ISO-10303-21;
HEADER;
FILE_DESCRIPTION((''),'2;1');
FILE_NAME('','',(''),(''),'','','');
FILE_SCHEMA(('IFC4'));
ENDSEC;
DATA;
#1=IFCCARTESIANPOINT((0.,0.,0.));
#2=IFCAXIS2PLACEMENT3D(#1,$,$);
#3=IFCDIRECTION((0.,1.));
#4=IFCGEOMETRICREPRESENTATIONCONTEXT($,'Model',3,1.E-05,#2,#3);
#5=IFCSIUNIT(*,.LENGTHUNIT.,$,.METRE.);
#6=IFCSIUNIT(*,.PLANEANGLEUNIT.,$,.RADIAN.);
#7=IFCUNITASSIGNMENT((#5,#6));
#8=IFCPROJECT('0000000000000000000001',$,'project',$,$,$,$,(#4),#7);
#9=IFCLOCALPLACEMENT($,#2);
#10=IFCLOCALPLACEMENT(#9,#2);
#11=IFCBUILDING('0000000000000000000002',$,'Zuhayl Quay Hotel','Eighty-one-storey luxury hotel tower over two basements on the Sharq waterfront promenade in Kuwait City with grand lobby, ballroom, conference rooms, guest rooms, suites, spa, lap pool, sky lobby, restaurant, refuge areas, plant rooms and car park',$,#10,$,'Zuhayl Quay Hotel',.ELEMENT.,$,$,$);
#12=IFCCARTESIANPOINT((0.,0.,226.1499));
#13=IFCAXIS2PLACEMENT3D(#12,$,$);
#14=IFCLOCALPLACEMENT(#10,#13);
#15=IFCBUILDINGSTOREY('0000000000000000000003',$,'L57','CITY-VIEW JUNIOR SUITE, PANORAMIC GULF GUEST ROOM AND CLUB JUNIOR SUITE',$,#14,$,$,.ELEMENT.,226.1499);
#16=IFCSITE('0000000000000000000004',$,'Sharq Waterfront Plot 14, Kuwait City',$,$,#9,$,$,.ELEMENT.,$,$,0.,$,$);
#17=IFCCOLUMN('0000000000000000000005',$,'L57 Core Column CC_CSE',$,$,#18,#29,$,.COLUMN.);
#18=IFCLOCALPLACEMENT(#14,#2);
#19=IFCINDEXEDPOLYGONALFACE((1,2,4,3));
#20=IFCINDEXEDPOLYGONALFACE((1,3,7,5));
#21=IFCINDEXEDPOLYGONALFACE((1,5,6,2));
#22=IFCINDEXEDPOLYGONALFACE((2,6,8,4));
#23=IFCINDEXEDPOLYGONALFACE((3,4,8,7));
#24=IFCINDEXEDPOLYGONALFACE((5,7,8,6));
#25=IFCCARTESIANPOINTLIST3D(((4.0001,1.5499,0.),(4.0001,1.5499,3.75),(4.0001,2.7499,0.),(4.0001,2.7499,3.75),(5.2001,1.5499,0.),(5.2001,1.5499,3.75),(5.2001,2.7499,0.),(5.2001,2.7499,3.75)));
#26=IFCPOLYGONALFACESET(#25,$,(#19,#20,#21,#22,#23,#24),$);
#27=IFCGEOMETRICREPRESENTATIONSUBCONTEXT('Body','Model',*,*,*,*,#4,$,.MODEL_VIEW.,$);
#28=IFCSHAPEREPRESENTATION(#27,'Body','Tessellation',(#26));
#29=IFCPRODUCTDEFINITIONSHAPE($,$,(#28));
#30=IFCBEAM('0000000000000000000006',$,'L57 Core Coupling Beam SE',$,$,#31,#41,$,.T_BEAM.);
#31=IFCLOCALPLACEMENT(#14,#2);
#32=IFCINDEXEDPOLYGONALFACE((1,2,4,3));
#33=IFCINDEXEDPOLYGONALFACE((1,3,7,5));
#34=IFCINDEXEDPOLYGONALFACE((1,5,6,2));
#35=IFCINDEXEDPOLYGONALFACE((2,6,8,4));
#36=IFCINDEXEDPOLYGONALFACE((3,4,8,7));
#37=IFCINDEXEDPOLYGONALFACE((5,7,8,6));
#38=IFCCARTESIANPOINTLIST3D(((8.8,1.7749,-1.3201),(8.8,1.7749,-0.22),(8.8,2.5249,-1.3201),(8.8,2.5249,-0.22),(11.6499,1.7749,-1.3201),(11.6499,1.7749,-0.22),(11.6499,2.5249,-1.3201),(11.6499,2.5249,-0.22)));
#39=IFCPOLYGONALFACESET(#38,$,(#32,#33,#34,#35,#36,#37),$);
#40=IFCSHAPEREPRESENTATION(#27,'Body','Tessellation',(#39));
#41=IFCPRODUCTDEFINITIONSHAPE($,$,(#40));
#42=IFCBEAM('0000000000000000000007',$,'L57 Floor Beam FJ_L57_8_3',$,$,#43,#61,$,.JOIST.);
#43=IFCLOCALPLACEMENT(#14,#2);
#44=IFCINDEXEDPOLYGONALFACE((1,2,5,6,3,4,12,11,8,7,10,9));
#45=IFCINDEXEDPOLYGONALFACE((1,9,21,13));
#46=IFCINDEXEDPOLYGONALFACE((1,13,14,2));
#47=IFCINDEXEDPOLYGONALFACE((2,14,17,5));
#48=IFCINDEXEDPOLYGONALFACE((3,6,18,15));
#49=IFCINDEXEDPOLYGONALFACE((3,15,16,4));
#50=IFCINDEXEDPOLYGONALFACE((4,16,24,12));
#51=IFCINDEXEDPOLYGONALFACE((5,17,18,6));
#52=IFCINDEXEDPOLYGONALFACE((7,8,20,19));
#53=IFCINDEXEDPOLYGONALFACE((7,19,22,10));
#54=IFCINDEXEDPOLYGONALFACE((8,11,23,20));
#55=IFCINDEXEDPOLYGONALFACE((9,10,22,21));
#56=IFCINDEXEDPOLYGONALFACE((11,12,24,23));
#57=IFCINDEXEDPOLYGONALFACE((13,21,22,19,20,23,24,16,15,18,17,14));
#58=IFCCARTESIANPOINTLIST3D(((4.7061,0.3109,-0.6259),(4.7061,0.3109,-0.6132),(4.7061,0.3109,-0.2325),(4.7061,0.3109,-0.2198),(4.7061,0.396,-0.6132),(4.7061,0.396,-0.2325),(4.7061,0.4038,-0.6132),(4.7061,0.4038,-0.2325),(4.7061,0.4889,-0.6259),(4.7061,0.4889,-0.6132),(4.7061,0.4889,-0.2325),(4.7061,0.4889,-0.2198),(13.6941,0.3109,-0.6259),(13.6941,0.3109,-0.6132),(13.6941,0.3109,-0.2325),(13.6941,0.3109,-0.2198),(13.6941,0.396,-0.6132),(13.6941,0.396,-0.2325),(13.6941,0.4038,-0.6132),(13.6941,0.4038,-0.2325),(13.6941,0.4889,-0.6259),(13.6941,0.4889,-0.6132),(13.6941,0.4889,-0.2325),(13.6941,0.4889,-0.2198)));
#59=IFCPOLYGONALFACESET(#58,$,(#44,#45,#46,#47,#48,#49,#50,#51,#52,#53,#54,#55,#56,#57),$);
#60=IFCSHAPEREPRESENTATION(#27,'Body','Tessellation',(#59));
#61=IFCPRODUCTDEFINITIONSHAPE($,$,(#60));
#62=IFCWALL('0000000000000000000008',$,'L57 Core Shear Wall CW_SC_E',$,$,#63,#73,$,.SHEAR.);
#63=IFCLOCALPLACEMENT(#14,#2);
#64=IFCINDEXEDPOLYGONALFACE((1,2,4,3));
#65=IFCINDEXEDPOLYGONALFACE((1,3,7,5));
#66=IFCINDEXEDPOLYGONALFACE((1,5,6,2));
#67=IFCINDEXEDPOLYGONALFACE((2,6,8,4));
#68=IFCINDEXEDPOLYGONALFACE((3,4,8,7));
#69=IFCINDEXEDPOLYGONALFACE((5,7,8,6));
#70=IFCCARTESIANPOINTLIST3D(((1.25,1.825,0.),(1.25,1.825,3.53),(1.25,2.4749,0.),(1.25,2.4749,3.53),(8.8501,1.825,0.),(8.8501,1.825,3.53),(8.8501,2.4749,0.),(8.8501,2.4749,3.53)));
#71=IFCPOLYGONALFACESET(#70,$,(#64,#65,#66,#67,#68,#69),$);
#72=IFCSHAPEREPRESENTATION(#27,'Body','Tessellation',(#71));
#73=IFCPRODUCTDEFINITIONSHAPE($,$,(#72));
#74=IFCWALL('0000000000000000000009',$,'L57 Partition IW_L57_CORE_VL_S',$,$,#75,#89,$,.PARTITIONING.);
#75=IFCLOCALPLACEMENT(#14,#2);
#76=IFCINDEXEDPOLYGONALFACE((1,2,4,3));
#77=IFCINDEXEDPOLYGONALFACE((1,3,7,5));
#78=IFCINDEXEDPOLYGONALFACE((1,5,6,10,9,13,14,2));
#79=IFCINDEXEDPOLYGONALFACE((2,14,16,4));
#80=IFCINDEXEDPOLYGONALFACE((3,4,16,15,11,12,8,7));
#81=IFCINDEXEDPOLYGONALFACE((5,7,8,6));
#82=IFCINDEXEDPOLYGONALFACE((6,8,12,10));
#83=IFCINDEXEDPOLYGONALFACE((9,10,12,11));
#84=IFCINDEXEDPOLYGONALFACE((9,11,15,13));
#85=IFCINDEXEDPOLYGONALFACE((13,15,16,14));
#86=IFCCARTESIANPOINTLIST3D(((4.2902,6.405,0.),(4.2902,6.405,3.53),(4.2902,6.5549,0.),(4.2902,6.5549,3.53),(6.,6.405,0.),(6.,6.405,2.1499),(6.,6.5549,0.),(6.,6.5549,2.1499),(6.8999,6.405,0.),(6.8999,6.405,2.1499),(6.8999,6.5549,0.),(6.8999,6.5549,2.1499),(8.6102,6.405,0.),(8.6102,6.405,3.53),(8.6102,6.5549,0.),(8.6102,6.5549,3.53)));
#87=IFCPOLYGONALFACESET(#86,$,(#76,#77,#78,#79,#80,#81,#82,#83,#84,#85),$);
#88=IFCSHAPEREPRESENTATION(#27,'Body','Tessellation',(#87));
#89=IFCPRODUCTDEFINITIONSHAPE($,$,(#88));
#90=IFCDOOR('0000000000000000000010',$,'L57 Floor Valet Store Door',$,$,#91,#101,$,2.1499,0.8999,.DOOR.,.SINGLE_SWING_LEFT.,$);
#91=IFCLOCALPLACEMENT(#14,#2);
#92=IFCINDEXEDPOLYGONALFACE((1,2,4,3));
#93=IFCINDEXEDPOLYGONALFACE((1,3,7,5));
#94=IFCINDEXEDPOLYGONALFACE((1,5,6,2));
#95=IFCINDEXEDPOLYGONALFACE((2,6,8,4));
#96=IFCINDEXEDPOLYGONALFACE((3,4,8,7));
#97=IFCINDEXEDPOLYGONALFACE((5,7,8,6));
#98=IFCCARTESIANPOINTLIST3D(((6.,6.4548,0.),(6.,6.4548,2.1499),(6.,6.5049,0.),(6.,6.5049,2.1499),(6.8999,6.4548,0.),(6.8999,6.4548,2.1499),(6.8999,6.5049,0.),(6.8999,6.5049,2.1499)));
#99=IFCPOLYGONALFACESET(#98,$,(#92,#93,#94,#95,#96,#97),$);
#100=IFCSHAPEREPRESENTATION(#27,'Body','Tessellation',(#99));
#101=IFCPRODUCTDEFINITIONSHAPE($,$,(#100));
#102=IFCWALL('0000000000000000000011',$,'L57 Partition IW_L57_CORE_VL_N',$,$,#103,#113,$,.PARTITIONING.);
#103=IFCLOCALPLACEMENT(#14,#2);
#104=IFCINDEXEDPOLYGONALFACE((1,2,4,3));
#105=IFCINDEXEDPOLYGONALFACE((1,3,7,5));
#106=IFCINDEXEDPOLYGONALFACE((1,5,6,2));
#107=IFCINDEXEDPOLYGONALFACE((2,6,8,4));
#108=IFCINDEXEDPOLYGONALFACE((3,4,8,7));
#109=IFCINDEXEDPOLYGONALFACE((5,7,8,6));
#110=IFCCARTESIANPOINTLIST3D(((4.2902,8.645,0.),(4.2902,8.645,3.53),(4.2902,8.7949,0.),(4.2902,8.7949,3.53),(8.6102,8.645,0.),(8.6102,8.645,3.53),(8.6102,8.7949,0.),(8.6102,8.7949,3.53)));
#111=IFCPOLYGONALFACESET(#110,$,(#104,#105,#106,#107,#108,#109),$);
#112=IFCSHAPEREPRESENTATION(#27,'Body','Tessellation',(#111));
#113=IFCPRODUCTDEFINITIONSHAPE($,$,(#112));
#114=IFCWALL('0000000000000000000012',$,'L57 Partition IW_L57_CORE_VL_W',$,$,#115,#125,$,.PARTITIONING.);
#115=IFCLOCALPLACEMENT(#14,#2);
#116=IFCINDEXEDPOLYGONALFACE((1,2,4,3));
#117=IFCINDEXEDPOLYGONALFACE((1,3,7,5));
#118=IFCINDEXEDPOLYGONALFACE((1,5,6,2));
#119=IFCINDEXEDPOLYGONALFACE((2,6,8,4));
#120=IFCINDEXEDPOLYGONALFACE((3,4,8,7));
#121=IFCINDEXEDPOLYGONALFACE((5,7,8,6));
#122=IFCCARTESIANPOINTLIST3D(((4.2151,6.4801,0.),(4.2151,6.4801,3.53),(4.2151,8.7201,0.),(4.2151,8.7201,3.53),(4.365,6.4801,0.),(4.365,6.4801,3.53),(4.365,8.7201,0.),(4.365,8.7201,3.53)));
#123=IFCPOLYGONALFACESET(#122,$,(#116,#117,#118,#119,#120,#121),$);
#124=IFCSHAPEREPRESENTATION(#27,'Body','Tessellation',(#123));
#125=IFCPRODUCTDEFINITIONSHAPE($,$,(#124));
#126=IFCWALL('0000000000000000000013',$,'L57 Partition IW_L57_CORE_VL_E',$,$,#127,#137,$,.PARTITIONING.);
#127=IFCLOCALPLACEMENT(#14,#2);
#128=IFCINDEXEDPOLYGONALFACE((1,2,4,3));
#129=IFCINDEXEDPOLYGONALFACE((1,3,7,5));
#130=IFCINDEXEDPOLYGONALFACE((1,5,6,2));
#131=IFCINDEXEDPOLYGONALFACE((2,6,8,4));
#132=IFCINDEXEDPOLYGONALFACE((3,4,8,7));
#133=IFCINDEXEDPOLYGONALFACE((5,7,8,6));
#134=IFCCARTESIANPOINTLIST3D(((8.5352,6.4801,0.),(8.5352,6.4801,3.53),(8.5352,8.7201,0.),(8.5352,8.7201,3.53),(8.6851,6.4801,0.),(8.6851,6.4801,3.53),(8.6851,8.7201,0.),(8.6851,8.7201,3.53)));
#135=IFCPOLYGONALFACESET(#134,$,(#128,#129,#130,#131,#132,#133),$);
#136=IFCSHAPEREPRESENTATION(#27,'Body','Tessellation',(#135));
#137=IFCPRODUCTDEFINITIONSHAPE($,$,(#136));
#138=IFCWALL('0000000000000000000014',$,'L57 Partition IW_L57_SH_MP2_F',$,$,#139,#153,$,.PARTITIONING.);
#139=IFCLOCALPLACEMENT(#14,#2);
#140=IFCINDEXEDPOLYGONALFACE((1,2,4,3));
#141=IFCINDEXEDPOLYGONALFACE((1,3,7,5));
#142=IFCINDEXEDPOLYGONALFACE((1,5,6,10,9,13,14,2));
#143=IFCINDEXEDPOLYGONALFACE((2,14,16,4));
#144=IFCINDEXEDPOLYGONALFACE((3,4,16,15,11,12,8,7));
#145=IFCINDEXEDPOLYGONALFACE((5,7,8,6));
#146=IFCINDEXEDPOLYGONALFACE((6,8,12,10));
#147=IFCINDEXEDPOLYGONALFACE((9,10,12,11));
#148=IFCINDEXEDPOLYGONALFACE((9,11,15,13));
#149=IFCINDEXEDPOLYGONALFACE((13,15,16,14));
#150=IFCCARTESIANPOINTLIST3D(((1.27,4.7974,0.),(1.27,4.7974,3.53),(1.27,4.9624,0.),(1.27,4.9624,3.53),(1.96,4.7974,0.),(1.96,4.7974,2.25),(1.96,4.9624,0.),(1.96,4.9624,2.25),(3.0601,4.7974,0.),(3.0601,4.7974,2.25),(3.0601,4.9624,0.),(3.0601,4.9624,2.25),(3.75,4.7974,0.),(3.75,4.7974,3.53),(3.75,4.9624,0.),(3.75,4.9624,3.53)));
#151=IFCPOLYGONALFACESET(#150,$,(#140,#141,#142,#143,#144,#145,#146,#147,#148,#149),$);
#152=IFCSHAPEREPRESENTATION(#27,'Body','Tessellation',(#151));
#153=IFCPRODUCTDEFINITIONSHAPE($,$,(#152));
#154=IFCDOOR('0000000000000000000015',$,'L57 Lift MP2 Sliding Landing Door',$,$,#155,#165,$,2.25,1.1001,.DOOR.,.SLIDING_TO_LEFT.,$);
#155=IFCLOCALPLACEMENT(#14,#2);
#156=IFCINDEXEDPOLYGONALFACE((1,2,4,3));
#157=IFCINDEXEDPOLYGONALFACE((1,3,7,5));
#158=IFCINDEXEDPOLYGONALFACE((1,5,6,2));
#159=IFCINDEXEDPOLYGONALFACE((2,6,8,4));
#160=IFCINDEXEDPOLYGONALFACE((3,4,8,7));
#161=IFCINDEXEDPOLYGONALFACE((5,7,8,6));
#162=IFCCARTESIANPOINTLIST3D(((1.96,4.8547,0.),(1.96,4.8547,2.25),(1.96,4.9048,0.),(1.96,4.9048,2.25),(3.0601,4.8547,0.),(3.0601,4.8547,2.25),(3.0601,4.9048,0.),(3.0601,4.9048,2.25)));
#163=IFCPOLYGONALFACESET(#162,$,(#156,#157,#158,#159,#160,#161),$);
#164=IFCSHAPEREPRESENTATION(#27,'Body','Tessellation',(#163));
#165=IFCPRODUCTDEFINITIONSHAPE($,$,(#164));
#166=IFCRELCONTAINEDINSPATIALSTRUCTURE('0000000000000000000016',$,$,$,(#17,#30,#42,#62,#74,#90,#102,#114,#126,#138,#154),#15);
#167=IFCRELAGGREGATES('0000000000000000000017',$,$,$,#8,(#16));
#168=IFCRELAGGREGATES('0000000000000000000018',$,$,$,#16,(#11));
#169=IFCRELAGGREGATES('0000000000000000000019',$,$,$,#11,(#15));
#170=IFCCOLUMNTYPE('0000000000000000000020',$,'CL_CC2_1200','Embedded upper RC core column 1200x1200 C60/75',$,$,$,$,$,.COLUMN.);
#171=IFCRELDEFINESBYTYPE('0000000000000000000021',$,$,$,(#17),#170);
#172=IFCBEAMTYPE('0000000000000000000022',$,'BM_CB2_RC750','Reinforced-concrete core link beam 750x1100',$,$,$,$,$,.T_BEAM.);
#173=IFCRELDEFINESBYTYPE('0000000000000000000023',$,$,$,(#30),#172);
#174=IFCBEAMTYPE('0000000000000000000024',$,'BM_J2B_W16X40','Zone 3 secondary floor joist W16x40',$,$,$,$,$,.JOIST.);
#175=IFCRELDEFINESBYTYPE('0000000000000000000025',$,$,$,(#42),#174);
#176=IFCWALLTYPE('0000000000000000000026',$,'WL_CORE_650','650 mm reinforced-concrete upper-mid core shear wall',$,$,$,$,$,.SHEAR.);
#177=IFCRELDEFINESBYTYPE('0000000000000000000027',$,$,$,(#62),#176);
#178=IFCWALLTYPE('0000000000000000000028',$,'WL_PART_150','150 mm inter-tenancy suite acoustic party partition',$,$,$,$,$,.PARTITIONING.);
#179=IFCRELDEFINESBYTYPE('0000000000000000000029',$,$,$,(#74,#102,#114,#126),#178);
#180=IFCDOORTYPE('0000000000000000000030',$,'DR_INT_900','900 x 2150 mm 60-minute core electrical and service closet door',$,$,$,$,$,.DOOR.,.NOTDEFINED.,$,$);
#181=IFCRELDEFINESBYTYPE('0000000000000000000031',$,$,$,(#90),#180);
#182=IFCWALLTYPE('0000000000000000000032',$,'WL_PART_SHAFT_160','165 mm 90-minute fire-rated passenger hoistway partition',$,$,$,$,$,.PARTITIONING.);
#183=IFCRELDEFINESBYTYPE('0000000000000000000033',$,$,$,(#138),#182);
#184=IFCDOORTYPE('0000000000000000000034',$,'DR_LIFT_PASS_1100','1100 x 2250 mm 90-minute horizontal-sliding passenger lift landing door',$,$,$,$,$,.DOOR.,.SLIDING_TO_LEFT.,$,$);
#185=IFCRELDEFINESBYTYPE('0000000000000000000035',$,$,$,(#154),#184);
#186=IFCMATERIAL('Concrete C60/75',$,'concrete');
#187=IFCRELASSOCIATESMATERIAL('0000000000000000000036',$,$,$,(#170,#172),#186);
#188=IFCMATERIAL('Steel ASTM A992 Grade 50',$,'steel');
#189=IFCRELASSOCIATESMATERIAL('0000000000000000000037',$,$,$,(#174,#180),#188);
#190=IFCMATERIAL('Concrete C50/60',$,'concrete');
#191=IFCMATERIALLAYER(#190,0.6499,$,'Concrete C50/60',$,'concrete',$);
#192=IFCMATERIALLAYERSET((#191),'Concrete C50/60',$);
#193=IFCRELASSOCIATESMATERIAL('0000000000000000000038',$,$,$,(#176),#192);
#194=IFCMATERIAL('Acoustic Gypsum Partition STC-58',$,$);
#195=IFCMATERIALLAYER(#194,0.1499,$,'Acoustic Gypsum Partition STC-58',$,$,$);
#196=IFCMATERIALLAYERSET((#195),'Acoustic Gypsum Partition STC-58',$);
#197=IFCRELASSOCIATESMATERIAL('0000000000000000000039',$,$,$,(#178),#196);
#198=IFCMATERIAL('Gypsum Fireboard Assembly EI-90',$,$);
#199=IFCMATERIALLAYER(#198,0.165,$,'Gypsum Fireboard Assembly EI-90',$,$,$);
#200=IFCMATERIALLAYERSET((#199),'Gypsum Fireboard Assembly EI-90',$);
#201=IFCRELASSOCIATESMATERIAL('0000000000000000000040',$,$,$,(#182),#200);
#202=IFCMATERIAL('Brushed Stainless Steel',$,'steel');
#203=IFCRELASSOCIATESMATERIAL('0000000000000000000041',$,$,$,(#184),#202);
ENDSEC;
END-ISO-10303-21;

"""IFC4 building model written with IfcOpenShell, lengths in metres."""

from ifc_helpers import new_model, si_unit, direction, frame, frame_2d, origin, origin_2d, place, context, subcontext, project, spatial, rectangle, i_section, extrude, material, layer, layer_set, material_profile, profile_set, type_object, element, fill, save


model = new_model("IFC4")

# Units and contexts
model_context = context("Model", 3, precision=1e-05, world=origin(), true_north=direction((0.0, 1.0)))
body_context = subcontext(model_context, "Body", "Model", "MODEL_VIEW")
ifc_project = project(units=[si_unit("LENGTHUNIT", "METRE"), si_unit("PLANEANGLEUNIT", "RADIAN")], contexts=[model_context])

# Site, building, storey
site_placement = place(None, origin())
site = spatial("IfcSite", under=ifc_project, at=site_placement, Name="Sharq Waterfront Plot 14, Kuwait City", CompositionType="ELEMENT", RefElevation=0.0)
building_placement = place(site_placement, origin())
building = spatial("IfcBuilding", under=site, at=building_placement, Name="Zuhayl Quay Hotel", Description="Eighty-one-storey luxury hotel tower over two basements on the Sharq waterfront promenade in Kuwait City with grand lobby, ballroom, conference rooms, guest rooms, suites, spa, lap pool, sky lobby, restaurant, refuge areas, plant rooms and car park", LongName="Zuhayl Quay Hotel", CompositionType="ELEMENT")
storey_placement = place(building_placement, frame((0.0, 0.0, 226.1499)))
storey = spatial("IfcBuildingStorey", under=building, at=storey_placement, Name="L57", Description="CITY-VIEW JUNIOR SUITE, PANORAMIC GULF GUEST ROOM AND CLUB JUNIOR SUITE", CompositionType="ELEMENT", Elevation=226.1499)

# Column
ifc_material_1 = material(Name="Concrete C60/75", Category="concrete")
ifc_material_profile_1 = material_profile(ifc_material_1, rectangle(XDim=1.2, YDim=1.2, at=origin_2d()), Name="RC1200X1200")
ifc_profile_set_1 = profile_set([ifc_material_profile_1], Name="Concrete C60/75")
column_type = type_object("IfcColumnType", Name="CL_CC2_1200", Description="Embedded upper RC core column 1200x1200 C60/75", PredefinedType="COLUMN", material=ifc_profile_set_1)
column_placement = place(storey_placement, frame((4.6001, 2.1499, 0.0), z_axis=(0.0, 0.0, 1.0), x_axis=(1.0, 0.0, 0.0)))
element("IfcColumn", 1, at=column_placement, inside=storey, type_object=column_type, Name="L57 Core Column CC_CSE", PredefinedType="COLUMN", context=body_context, shape_type="SweptSolid", body=[
    extrude(rectangle(XDim=1.2, YDim=1.2, at=origin_2d()), origin(), (0.0, 0.0, 1.0), 3.75),
])

# Beams
ifc_material_profile_2 = material_profile(ifc_material_1, rectangle(XDim=0.75, YDim=1.1001, at=origin_2d()), Name="RC750X1100")
ifc_profile_set_2 = profile_set([ifc_material_profile_2], Name="Concrete C60/75")
beam_type_1 = type_object("IfcBeamType", Name="BM_CB2_RC750", Description="Reinforced-concrete core link beam 750x1100", PredefinedType="T_BEAM", material=ifc_profile_set_2)
beam_1_placement = place(storey_placement, frame((8.8, 2.1499, -0.77), z_axis=(1.0, 0.0, 0.0), x_axis=(0.0, 1.0, 0.0)))
element("IfcBeam", 2, at=beam_1_placement, inside=storey, type_object=beam_type_1, Name="L57 Core Coupling Beam SE", PredefinedType="T_BEAM", context=body_context, shape_type="SweptSolid", body=[
    extrude(rectangle(XDim=0.75, YDim=1.1001, at=origin_2d()), origin(), (0.0, 0.0, 1.0), 2.8499),
])
ifc_material_2 = material(Name="Steel ASTM A992 Grade 50", Category="steel")
ifc_material_profile_3 = material_profile(ifc_material_2, i_section(OverallWidth=0.178, OverallDepth=0.406, WebThickness=0.0078, FlangeThickness=0.0127, at=origin_2d()), Name="W16X40")
ifc_profile_set_3 = profile_set([ifc_material_profile_3], Name="Steel ASTM A992 Grade 50")
beam_type_2 = type_object("IfcBeamType", Name="BM_J2B_W16X40", Description="Zone 3 secondary floor joist W16x40", PredefinedType="JOIST", material=ifc_profile_set_3)
beam_2_placement = place(storey_placement, frame((4.7061, 0.3999, -0.4229), z_axis=(1.0, 0.0, 0.0), x_axis=(0.0, 1.0, 0.0)))
element("IfcBeam", 3, at=beam_2_placement, inside=storey, type_object=beam_type_2, Name="L57 Floor Beam FJ_L57_8_3", PredefinedType="JOIST", context=body_context, shape_type="SweptSolid", body=[
    extrude(i_section(OverallWidth=0.178, OverallDepth=0.406, WebThickness=0.0078, FlangeThickness=0.0127, at=origin_2d()), origin(), (0.0, 0.0, 1.0), 8.988),
])

# Wall
ifc_material_3 = material(Name="Concrete C50/60", Category="concrete")
ifc_layer_1 = layer(ifc_material_3, 0.6499, Name="Concrete C50/60", Category="concrete")
ifc_layer_set_1 = layer_set([ifc_layer_1], Name="Concrete C50/60")
wall_type_1 = type_object("IfcWallType", Name="WL_CORE_650", Description="650 mm reinforced-concrete upper-mid core shear wall", PredefinedType="SHEAR", material=ifc_layer_set_1)
wall_1_placement = place(storey_placement, frame((1.25, 2.1499, 0.0), z_axis=(0.0, 0.0, 1.0), x_axis=(1.0, 0.0, 0.0)))
element("IfcWall", 4, at=wall_1_placement, inside=storey, type_object=wall_type_1, Name="L57 Core Shear Wall CW_SC_E", PredefinedType="SHEAR", context=body_context, shape_type="SweptSolid", body=[
    extrude(rectangle(XDim=7.6001, YDim=0.6499, at=frame_2d((3.8, 0.0))), origin(), (0.0, 0.0, 1.0), 3.53),
])

# Wall, opening, door
ifc_material_4 = material(Name="Acoustic Gypsum Partition STC-58")
ifc_layer_2 = layer(ifc_material_4, 0.1499, Name="Acoustic Gypsum Partition STC-58")
ifc_layer_set_2 = layer_set([ifc_layer_2], Name="Acoustic Gypsum Partition STC-58")
wall_type_2 = type_object("IfcWallType", Name="WL_PART_150", Description="150 mm inter-tenancy suite acoustic party partition", PredefinedType="PARTITIONING", material=ifc_layer_set_2)
wall_2_placement = place(storey_placement, frame((4.29, 6.48, 0.0), z_axis=(0.0, 0.0, 1.0), x_axis=(1.0, 0.0, 0.0)))
wall_2 = element("IfcWall", 5, at=wall_2_placement, inside=storey, type_object=wall_type_2, Name="L57 Partition IW_L57_CORE_VL_S", PredefinedType="PARTITIONING", context=body_context, shape_type="SweptSolid", body=[
    extrude(rectangle(XDim=4.3201, YDim=0.1499, at=frame_2d((2.1602, 0.0))), origin(), (0.0, 0.0, 1.0), 3.53),
])
opening_1_placement = place(wall_2_placement, frame((1.71, 0.0, 0.0)))
opening_1 = element("IfcOpeningElement", 6, at=opening_1_placement, cuts=wall_2, PredefinedType="OPENING", context=body_context, shape_type="SweptSolid", body=[
    extrude(rectangle(XDim=0.8999, YDim=2.1499, at=frame_2d((0.45, 1.075))), frame((0.0, 0.085, 0.0), z_axis=(0.0, -1.0, 0.0), x_axis=(1.0, 0.0, 0.0)), (0.0, 0.0, 1.0), 0.1699),
])
door_type_1 = type_object("IfcDoorType", Name="DR_INT_900", Description="900 x 2150 mm 60-minute core electrical and service closet door", OperationType="NOTDEFINED", PredefinedType="DOOR", material=ifc_material_2)
door_1_placement = place(opening_1_placement, origin())
door_1 = element("IfcDoor", 7, at=door_1_placement, inside=storey, type_object=door_type_1, Name="L57 Floor Valet Store Door", OperationType="SINGLE_SWING_LEFT", OverallHeight=2.1499, OverallWidth=0.8999, PredefinedType="DOOR", context=body_context, shape_type="SweptSolid", body=[
    extrude(rectangle(XDim=0.8999, YDim=2.1499, at=frame_2d((0.45, 1.075))), frame((0.0, 0.0249, 0.0), z_axis=(0.0, -1.0, 0.0), x_axis=(1.0, 0.0, 0.0)), (0.0, 0.0, 1.0), 0.05),
])
fill(opening_1, door_1)

# Walls
wall_3_placement = place(storey_placement, frame((4.29, 8.72, 0.0), z_axis=(0.0, 0.0, 1.0), x_axis=(1.0, 0.0, 0.0)))
element("IfcWall", 8, at=wall_3_placement, inside=storey, type_object=wall_type_2, Name="L57 Partition IW_L57_CORE_VL_N", PredefinedType="PARTITIONING", context=body_context, shape_type="SweptSolid", body=[
    extrude(rectangle(XDim=4.3201, YDim=0.1499, at=frame_2d((2.1602, 0.0))), origin(), (0.0, 0.0, 1.0), 3.53),
])
for number, where, z_axis, x_axis, name in (
    (9, (4.29, 6.48, 0.0), (0.0, 0.0, 1.0), (0.0, 1.0, 0.0), "L57 Partition IW_L57_CORE_VL_W"),
    (10, (8.6101, 6.48, 0.0), (0.0, 0.0, 1.0), (0.0, 1.0, 0.0), "L57 Partition IW_L57_CORE_VL_E"),
):
    element("IfcWall", number, at=place(storey_placement, frame(where, z_axis=z_axis, x_axis=x_axis)), inside=storey, type_object=wall_type_2, Name=name, PredefinedType="PARTITIONING", context=body_context, shape_type="SweptSolid", body=[
        extrude(rectangle(XDim=2.24, YDim=0.1499, at=frame_2d((1.1201, 0.0))), origin(), (0.0, 0.0, 1.0), 3.53),
    ])

# Wall, opening, door
ifc_material_5 = material(Name="Gypsum Fireboard Assembly EI-90")
ifc_layer_3 = layer(ifc_material_5, 0.165, Name="Gypsum Fireboard Assembly EI-90")
ifc_layer_set_3 = layer_set([ifc_layer_3], Name="Gypsum Fireboard Assembly EI-90")
wall_type_3 = type_object("IfcWallType", Name="WL_PART_SHAFT_160", Description="165 mm 90-minute fire-rated passenger hoistway partition", PredefinedType="PARTITIONING", material=ifc_layer_set_3)
wall_4_placement = place(storey_placement, frame((1.27, 4.8799, 0.0), z_axis=(0.0, 0.0, 1.0), x_axis=(1.0, 0.0, 0.0)))
wall_4 = element("IfcWall", 11, at=wall_4_placement, inside=storey, type_object=wall_type_3, Name="L57 Partition IW_L57_SH_MP2_F", PredefinedType="PARTITIONING", context=body_context, shape_type="SweptSolid", body=[
    extrude(rectangle(XDim=2.48, YDim=0.165, at=frame_2d((1.24, 0.0))), origin(), (0.0, 0.0, 1.0), 3.53),
])
opening_2_placement = place(wall_4_placement, frame((0.6899, 0.0, 0.0)))
opening_2 = element("IfcOpeningElement", 12, at=opening_2_placement, cuts=wall_4, PredefinedType="OPENING", context=body_context, shape_type="SweptSolid", body=[
    extrude(rectangle(XDim=1.1001, YDim=2.25, at=frame_2d((0.55, 1.125))), frame((0.0, 0.0925, 0.0), z_axis=(0.0, -1.0, 0.0), x_axis=(1.0, 0.0, 0.0)), (0.0, 0.0, 1.0), 0.1851),
])
ifc_material_6 = material(Name="Brushed Stainless Steel", Category="steel")
door_type_2 = type_object("IfcDoorType", Name="DR_LIFT_PASS_1100", Description="1100 x 2250 mm 90-minute horizontal-sliding passenger lift landing door", OperationType="SLIDING_TO_LEFT", PredefinedType="DOOR", material=ifc_material_6)
door_2_placement = place(opening_2_placement, origin())
door_2 = element("IfcDoor", 13, at=door_2_placement, inside=storey, type_object=door_type_2, Name="L57 Lift MP2 Sliding Landing Door", OperationType="SLIDING_TO_LEFT", OverallHeight=2.25, OverallWidth=1.1001, PredefinedType="DOOR", context=body_context, shape_type="SweptSolid", body=[
    extrude(rectangle(XDim=1.1001, YDim=2.25, at=frame_2d((0.55, 1.125))), frame((0.0, 0.0249, 0.0), z_axis=(0.0, -1.0, 0.0), x_axis=(1.0, 0.0, 0.0)), (0.0, 0.0, 1.0), 0.05),
])
fill(opening_2, door_2)

save(model, "model.ifc")
